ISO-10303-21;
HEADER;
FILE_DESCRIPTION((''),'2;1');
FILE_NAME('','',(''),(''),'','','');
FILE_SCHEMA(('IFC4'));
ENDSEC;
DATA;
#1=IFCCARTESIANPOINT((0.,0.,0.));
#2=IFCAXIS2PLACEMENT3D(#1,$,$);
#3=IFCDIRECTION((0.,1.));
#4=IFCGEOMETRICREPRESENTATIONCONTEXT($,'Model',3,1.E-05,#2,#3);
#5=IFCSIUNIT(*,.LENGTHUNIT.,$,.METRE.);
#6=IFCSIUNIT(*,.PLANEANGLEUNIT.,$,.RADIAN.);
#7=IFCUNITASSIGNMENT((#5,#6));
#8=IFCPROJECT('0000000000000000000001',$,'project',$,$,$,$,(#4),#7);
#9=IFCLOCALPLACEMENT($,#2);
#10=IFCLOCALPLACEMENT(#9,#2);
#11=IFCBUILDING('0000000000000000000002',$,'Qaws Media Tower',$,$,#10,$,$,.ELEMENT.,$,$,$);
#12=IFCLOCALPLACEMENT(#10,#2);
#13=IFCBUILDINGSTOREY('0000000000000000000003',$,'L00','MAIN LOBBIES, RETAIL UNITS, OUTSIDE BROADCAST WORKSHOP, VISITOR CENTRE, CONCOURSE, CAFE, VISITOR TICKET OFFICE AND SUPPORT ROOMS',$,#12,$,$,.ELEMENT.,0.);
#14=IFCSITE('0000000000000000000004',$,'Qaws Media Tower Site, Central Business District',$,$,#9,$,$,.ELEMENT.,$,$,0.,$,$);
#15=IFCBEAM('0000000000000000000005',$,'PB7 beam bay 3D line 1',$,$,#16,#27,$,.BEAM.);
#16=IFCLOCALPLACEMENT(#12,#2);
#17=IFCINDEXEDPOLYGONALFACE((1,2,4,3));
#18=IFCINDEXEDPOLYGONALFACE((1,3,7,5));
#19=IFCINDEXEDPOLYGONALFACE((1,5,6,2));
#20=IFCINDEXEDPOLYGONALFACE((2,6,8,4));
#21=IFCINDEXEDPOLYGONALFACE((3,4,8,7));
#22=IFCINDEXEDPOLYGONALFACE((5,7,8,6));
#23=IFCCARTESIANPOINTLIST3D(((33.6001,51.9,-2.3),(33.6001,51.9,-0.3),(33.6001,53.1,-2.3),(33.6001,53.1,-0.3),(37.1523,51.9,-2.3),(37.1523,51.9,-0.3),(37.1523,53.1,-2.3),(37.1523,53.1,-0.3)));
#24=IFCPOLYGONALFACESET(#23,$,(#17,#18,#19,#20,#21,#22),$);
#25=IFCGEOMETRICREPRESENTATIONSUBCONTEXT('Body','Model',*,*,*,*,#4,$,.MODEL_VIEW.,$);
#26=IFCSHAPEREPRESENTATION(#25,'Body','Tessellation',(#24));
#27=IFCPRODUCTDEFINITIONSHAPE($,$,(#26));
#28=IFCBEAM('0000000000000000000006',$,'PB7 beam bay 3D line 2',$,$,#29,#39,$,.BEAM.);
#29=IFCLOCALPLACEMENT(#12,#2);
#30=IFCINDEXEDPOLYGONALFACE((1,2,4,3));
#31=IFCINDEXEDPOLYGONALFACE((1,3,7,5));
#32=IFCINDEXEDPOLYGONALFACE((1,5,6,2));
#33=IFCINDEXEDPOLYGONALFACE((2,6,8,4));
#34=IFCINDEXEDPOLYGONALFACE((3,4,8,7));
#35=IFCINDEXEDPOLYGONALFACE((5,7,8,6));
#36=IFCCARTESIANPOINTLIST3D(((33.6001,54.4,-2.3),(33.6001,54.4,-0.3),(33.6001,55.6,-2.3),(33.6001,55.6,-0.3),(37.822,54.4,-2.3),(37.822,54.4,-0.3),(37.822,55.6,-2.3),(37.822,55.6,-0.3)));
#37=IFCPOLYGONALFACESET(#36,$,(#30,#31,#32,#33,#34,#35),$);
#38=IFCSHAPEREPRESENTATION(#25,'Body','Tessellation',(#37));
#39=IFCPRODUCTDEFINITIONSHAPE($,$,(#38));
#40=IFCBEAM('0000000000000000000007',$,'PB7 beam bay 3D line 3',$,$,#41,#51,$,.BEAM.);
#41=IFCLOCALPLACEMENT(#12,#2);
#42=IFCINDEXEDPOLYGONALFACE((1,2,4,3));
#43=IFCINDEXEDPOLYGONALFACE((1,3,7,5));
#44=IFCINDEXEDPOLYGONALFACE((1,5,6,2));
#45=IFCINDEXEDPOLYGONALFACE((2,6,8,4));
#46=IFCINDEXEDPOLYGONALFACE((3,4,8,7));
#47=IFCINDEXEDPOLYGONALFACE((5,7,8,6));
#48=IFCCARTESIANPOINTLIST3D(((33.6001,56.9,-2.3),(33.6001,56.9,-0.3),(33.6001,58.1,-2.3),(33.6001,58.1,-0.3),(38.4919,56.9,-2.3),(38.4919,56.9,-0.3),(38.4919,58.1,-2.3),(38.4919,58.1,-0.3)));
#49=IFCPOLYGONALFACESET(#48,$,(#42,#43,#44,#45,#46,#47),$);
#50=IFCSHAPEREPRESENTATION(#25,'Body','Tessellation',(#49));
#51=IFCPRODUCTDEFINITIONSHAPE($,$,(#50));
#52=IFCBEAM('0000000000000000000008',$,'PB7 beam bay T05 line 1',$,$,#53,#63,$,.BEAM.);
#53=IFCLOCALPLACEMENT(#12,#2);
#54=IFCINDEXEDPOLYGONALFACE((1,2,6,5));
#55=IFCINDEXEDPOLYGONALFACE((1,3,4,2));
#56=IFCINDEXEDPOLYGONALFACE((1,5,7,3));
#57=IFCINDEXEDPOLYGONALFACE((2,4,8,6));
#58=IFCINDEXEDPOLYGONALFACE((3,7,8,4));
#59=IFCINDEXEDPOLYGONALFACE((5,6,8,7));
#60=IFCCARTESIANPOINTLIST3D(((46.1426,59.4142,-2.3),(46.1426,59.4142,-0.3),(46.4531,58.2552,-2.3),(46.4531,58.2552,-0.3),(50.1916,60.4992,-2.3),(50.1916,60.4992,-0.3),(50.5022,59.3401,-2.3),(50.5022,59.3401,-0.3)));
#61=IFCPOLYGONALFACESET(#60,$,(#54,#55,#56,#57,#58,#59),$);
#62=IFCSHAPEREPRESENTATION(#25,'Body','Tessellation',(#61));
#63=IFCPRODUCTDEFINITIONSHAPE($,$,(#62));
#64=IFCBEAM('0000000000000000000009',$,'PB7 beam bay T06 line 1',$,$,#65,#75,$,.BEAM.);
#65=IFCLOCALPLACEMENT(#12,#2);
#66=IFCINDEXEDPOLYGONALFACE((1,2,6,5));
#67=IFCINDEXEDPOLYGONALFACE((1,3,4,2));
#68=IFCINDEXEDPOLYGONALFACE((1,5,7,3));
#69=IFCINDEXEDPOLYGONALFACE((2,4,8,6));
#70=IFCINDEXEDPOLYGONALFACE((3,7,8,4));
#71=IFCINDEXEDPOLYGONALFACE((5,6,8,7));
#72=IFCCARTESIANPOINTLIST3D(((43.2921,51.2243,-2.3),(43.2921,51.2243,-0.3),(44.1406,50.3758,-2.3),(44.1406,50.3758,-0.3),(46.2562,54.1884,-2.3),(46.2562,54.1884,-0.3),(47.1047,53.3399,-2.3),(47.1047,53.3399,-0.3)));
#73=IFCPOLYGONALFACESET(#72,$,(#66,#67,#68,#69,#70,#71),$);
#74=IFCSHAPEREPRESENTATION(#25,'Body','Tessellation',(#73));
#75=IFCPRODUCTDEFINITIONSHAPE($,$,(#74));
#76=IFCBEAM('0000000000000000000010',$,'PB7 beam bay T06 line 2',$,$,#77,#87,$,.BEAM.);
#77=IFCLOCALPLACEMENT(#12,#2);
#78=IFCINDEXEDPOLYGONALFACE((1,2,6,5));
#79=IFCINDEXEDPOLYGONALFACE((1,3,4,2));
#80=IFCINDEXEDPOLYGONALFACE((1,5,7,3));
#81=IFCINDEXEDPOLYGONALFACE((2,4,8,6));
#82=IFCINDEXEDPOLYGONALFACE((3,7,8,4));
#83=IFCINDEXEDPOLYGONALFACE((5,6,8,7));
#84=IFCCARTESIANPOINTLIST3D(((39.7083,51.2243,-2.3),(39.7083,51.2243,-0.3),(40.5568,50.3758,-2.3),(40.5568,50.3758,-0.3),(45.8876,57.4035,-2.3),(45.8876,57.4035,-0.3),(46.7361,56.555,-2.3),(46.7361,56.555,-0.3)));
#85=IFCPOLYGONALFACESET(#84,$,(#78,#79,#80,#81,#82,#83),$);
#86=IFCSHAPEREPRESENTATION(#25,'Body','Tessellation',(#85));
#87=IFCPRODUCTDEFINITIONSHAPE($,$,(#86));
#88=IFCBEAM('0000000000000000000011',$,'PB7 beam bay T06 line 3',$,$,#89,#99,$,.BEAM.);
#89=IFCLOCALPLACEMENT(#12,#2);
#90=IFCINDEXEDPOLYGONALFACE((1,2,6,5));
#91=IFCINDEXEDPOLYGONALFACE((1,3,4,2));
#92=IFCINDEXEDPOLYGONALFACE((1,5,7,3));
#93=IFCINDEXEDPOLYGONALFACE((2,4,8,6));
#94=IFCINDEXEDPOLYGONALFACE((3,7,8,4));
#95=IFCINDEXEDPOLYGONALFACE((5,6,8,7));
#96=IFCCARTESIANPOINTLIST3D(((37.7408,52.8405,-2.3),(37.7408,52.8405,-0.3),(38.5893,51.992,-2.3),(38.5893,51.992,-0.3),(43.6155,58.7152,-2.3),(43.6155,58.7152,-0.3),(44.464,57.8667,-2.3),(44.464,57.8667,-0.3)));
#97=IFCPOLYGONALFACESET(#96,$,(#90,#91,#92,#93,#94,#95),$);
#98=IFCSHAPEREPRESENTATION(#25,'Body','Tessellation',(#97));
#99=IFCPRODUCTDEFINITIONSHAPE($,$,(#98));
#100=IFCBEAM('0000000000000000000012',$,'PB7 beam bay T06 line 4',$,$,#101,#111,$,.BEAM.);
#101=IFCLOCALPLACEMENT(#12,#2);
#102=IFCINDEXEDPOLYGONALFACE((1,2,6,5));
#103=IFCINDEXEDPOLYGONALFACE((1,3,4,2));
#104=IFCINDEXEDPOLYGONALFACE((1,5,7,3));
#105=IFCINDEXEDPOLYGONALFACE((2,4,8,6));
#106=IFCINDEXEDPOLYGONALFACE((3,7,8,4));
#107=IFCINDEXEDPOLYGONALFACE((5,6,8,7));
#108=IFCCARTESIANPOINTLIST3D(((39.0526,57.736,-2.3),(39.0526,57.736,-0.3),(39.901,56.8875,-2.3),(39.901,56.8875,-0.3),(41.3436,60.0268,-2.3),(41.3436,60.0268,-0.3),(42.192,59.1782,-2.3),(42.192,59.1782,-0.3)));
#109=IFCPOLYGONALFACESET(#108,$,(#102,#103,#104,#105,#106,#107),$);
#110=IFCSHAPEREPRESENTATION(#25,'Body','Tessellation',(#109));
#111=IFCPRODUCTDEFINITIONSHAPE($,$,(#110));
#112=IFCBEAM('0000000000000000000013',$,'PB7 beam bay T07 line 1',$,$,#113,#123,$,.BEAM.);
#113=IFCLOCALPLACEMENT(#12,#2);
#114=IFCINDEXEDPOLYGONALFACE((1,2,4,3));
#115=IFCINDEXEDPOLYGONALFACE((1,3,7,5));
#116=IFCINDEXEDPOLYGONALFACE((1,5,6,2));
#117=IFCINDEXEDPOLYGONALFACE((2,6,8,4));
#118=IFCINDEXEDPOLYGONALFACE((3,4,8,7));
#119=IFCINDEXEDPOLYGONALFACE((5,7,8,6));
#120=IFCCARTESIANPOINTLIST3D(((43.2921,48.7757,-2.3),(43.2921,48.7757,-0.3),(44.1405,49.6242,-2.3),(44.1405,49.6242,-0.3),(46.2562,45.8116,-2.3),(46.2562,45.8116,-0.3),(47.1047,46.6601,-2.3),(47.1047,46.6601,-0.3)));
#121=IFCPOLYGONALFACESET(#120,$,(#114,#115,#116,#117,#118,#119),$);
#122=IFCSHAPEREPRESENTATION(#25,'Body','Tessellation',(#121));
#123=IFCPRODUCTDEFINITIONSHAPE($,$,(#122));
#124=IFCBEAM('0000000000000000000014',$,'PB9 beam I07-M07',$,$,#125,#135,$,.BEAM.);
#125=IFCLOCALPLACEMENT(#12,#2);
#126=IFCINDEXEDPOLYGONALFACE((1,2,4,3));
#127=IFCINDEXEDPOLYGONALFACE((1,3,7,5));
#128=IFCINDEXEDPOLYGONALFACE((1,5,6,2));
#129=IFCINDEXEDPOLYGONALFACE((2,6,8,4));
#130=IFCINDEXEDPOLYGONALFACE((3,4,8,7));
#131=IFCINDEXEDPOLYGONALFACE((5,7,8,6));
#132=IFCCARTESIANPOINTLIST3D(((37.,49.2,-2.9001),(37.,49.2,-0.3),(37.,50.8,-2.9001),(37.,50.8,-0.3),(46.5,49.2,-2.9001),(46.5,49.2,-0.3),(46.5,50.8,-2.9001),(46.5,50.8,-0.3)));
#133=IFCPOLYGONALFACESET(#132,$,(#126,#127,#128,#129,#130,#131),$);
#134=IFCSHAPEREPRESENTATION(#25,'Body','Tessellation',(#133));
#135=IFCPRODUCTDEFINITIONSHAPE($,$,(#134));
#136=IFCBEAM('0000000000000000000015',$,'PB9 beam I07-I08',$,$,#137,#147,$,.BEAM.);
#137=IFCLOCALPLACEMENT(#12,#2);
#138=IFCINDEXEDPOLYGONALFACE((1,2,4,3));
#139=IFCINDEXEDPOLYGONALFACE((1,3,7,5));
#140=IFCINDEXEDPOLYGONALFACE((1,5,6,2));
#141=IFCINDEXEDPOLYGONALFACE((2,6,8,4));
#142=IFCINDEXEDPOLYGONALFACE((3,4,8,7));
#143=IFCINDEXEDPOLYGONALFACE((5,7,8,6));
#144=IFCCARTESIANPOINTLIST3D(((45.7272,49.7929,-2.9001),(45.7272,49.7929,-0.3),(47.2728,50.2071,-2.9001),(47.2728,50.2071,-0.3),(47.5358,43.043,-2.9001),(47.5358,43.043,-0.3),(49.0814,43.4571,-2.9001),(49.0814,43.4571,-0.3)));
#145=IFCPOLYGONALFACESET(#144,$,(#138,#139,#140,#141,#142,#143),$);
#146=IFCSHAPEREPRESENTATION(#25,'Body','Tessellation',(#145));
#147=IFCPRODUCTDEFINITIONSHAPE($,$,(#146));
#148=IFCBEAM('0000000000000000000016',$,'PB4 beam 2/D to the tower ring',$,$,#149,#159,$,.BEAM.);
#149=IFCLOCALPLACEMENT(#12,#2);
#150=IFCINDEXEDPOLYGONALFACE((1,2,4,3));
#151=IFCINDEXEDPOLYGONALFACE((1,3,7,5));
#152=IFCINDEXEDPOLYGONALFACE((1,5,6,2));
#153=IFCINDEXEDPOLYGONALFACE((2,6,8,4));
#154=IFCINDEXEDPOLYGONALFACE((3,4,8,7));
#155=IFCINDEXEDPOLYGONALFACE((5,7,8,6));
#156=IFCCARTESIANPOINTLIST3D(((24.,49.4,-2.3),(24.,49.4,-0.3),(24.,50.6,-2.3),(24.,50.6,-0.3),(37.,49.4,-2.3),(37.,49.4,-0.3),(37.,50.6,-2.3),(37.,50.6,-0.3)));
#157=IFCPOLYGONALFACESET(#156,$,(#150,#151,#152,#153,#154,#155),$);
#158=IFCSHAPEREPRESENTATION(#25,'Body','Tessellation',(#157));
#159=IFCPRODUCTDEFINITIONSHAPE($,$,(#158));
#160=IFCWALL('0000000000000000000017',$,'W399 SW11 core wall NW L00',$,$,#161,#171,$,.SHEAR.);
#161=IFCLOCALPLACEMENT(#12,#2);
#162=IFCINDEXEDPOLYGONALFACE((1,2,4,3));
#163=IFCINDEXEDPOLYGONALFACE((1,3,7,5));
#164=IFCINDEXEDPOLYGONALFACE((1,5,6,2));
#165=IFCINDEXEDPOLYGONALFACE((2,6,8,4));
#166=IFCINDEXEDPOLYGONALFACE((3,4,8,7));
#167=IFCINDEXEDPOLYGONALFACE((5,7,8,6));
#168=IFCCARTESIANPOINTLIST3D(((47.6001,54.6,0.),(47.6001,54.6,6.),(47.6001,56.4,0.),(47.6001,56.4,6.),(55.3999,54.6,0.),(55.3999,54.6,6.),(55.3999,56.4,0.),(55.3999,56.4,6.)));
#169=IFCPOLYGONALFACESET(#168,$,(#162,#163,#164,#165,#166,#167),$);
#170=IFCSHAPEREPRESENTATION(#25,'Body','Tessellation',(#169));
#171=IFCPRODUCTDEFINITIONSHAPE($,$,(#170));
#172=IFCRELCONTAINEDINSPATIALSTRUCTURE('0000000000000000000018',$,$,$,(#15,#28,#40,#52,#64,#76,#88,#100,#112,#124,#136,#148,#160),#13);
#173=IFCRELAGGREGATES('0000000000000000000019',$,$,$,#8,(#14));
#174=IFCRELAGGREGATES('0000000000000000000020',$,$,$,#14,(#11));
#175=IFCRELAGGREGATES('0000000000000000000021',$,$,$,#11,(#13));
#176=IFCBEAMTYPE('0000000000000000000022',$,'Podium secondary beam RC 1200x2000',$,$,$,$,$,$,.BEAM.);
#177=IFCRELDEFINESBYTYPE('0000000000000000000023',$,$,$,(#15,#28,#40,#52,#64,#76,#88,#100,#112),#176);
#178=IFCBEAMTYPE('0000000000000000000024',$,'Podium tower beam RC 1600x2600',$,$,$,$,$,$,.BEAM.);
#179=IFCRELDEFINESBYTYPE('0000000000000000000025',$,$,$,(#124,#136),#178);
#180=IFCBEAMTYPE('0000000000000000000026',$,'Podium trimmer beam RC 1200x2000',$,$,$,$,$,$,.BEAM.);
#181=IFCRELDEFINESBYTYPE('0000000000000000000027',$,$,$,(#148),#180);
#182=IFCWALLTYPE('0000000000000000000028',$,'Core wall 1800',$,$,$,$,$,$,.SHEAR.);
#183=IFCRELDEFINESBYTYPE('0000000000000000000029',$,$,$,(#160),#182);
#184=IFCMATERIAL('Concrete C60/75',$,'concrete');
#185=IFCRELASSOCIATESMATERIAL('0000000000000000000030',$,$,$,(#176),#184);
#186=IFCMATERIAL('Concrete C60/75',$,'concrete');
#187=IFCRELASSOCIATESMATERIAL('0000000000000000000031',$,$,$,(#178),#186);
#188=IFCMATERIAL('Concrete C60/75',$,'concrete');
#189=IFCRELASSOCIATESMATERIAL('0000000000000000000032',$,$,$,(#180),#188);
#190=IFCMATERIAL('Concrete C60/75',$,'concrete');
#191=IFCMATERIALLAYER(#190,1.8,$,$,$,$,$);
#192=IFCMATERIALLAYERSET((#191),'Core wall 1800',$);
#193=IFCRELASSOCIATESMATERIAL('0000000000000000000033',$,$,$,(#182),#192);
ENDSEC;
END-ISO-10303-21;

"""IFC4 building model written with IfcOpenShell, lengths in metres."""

from ifc_helpers import new_model, si_unit, direction, frame, frame_2d, origin, origin_2d, place, context, subcontext, project, spatial, rectangle, extrude, material, layer, layer_set, material_profile, profile_set, type_object, element, save


model = new_model("IFC4")

# Units and contexts
model_context = context("Model", 3, precision=1e-05, world=origin(), true_north=direction((0.0, 1.0)))
body_context = subcontext(model_context, "Body", "Model", "MODEL_VIEW")
ifc_project = project(units=[si_unit("LENGTHUNIT", "METRE"), si_unit("PLANEANGLEUNIT", "RADIAN")], contexts=[model_context])

# Site, building, storey
site_placement = place(None, origin())
site = spatial("IfcSite", under=ifc_project, at=site_placement, Name="Qaws Media Tower Site, Central Business District", CompositionType="ELEMENT", RefElevation=0.0)
building_placement = place(site_placement, origin())
building = spatial("IfcBuilding", under=site, at=building_placement, Name="Qaws Media Tower", CompositionType="ELEMENT")
storey_placement = place(building_placement, origin())
storey = spatial("IfcBuildingStorey", under=building, at=storey_placement, Name="L00", Description="MAIN LOBBIES, RETAIL UNITS, OUTSIDE BROADCAST WORKSHOP, VISITOR CENTRE, CONCOURSE, CAFE, VISITOR TICKET OFFICE AND SUPPORT ROOMS", CompositionType="ELEMENT", Elevation=0.0)

# Beams
ifc_material_1 = material(Name="Concrete C60/75", Category="concrete")
ifc_material_profile_1 = material_profile(ifc_material_1, rectangle(XDim=1.2, YDim=2.0, at=origin_2d()), Name="RC 1200x2000")
ifc_profile_set_1 = profile_set([ifc_material_profile_1], Name="Concrete C60/75")
beam_type_1 = type_object("IfcBeamType", Name="Podium secondary beam RC 1200x2000", PredefinedType="BEAM", material=ifc_profile_set_1)
for number, where, z_axis, x_axis, name in (
    (1, (33.6001, 52.5, -1.3), (1.0, 0.0, 0.0), (0.0, 1.0, 0.0), "PB7 beam bay 3D line 1"),
):
    element("IfcBeam", number, at=place(storey_placement, frame(where, z_axis=z_axis, x_axis=x_axis)), inside=storey, type_object=beam_type_1, Name=name, PredefinedType="BEAM", context=body_context, shape_type="SweptSolid", body=[
        extrude(rectangle(XDim=1.2, YDim=2.0, at=origin_2d()), origin(), (0.0, 0.0, 1.0), 3.5522),
    ])
beam_1_placement = place(storey_placement, frame((33.6001, 55.0, -1.3), z_axis=(1.0, 0.0, 0.0), x_axis=(0.0, 1.0, 0.0)))
element("IfcBeam", 2, at=beam_1_placement, inside=storey, type_object=beam_type_1, Name="PB7 beam bay 3D line 2", PredefinedType="BEAM", context=body_context, shape_type="SweptSolid", body=[
    extrude(rectangle(XDim=1.2, YDim=2.0, at=origin_2d()), origin(), (0.0, 0.0, 1.0), 4.2219),
])
beam_2_placement = place(storey_placement, frame((33.6001, 57.5, -1.3), z_axis=(1.0, 0.0, 0.0), x_axis=(0.0, 1.0, 0.0)))
element("IfcBeam", 3, at=beam_2_placement, inside=storey, type_object=beam_type_1, Name="PB7 beam bay 3D line 3", PredefinedType="BEAM", context=body_context, shape_type="SweptSolid", body=[
    extrude(rectangle(XDim=1.2, YDim=2.0, at=origin_2d()), origin(), (0.0, 0.0, 1.0), 4.8918),
])
for number, where, z_axis, x_axis, name in (
    (4, (46.2979, 58.8347, -1.3), (0.965925, 0.258822, 0.0), (-0.258822, 0.965925, 0.0), "PB7 beam bay T05 line 1"),
    (5, (43.7163, 50.8, -1.3), (0.707107, 0.707107, 0.0), (-0.707107, 0.707107, 0.0), "PB7 beam bay T06 line 1"),
):
    element("IfcBeam", number, at=place(storey_placement, frame(where, z_axis=z_axis, x_axis=x_axis)), inside=storey, type_object=beam_type_1, Name=name, PredefinedType="BEAM", context=body_context, shape_type="SweptSolid", body=[
        extrude(rectangle(XDim=1.2, YDim=2.0, at=origin_2d()), origin(), (0.0, 0.0, 1.0), 4.1919),
    ])
beam_3_placement = place(storey_placement, frame((40.1326, 50.8, -1.3), z_axis=(0.707107, 0.707107, 0.0), x_axis=(-0.707107, 0.707107, 0.0)))
element("IfcBeam", 6, at=beam_3_placement, inside=storey, type_object=beam_type_1, Name="PB7 beam bay T06 line 2", PredefinedType="BEAM", context=body_context, shape_type="SweptSolid", body=[
    extrude(rectangle(XDim=1.2, YDim=2.0, at=origin_2d()), origin(), (0.0, 0.0, 1.0), 8.7388),
])
beam_4_placement = place(storey_placement, frame((38.165, 52.4163, -1.3), z_axis=(0.707107, 0.707107, 0.0), x_axis=(-0.707107, 0.707107, 0.0)))
element("IfcBeam", 7, at=beam_4_placement, inside=storey, type_object=beam_type_1, Name="PB7 beam bay T06 line 3", PredefinedType="BEAM", context=body_context, shape_type="SweptSolid", body=[
    extrude(rectangle(XDim=1.2, YDim=2.0, at=origin_2d()), origin(), (0.0, 0.0, 1.0), 8.3081),
])
beam_5_placement = place(storey_placement, frame((39.4768, 57.3118, -1.3), z_axis=(0.707144, 0.707069, 0.0), x_axis=(-0.707069, 0.707144, 0.0)))
element("IfcBeam", 8, at=beam_5_placement, inside=storey, type_object=beam_type_1, Name="PB7 beam bay T06 line 4", PredefinedType="BEAM", context=body_context, shape_type="SweptSolid", body=[
    extrude(rectangle(XDim=1.2, YDim=2.0, at=origin_2d()), origin(), (0.0, 0.0, 1.0), 3.2397),
])
beam_6_placement = place(storey_placement, frame((46.6804, 46.2358, -1.3), z_axis=(-0.707107, 0.707107, 0.0), x_axis=(-0.707107, -0.707107, 0.0)))
element("IfcBeam", 9, at=beam_6_placement, inside=storey, type_object=beam_type_1, Name="PB7 beam bay T07 line 1", PredefinedType="BEAM", context=body_context, shape_type="SweptSolid", body=[
    extrude(rectangle(XDim=1.2, YDim=2.0, at=origin_2d()), origin(), (0.0, 0.0, 1.0), 4.1919),
])
ifc_material_2 = material(Name="Concrete C60/75", Category="concrete")
ifc_material_profile_2 = material_profile(ifc_material_2, rectangle(XDim=1.6001, YDim=2.6001, at=origin_2d()), Name="RC 1600x2600")
ifc_profile_set_2 = profile_set([ifc_material_profile_2], Name="Concrete C60/75")
beam_type_2 = type_object("IfcBeamType", Name="Podium tower beam RC 1600x2600", PredefinedType="BEAM", material=ifc_profile_set_2)
beam_7_placement = place(storey_placement, frame((46.5, 50.0, -1.6001), z_axis=(-1.0, 0.0, 0.0), x_axis=(0.0, -1.0, 0.0)))
element("IfcBeam", 10, at=beam_7_placement, inside=storey, type_object=beam_type_2, Name="PB9 beam I07-M07", PredefinedType="BEAM", context=body_context, shape_type="SweptSolid", body=[
    extrude(rectangle(XDim=1.6001, YDim=2.6001, at=origin_2d()), origin(), (0.0, 0.0, 1.0), 9.5),
])
beam_8_placement = place(storey_placement, frame((46.5, 50.0, -1.6001), z_axis=(0.258811, -0.965928, 0.0), x_axis=(0.965928, 0.258811, 0.0)))
element("IfcBeam", 11, at=beam_8_placement, inside=storey, type_object=beam_type_2, Name="PB9 beam I07-I08", PredefinedType="BEAM", context=body_context, shape_type="SweptSolid", body=[
    extrude(rectangle(XDim=1.6001, YDim=2.6001, at=origin_2d()), origin(), (0.0, 0.0, 1.0), 6.988),
])
ifc_material_3 = material(Name="Concrete C60/75", Category="concrete")
ifc_material_profile_3 = material_profile(ifc_material_3, rectangle(XDim=1.2, YDim=2.0, at=origin_2d()), Name="RC 1200x2000")
ifc_profile_set_3 = profile_set([ifc_material_profile_3], Name="Concrete C60/75")
beam_type_3 = type_object("IfcBeamType", Name="Podium trimmer beam RC 1200x2000", PredefinedType="BEAM", material=ifc_profile_set_3)
beam_9_placement = place(storey_placement, frame((24.0, 50.0, -1.3), z_axis=(1.0, 0.0, 0.0), x_axis=(0.0, 1.0, 0.0)))
element("IfcBeam", 12, at=beam_9_placement, inside=storey, type_object=beam_type_3, Name="PB4 beam 2/D to the tower ring", PredefinedType="BEAM", context=body_context, shape_type="SweptSolid", body=[
    extrude(rectangle(XDim=1.2, YDim=2.0, at=origin_2d()), origin(), (0.0, 0.0, 1.0), 13.0),
])

# Wall
ifc_material_4 = material(Name="Concrete C60/75", Category="concrete")
ifc_layer_1 = layer(ifc_material_4, 1.8)
ifc_layer_set_1 = layer_set([ifc_layer_1], Name="Core wall 1800")
wall_type_1 = type_object("IfcWallType", Name="Core wall 1800", PredefinedType="SHEAR", material=ifc_layer_set_1)
wall_1_placement = place(storey_placement, frame((47.6001, 55.5, 0.0), z_axis=(0.0, 0.0, 1.0), x_axis=(1.0, 0.0, 0.0)))
element("IfcWall", 13, at=wall_1_placement, inside=storey, type_object=wall_type_1, Name="W399 SW11 core wall NW L00", PredefinedType="SHEAR", context=body_context, shape_type="SweptSolid", body=[
    extrude(rectangle(XDim=7.7998, YDim=1.8, at=frame_2d((3.8999, 0.0))), origin(), (0.0, 0.0, 1.0), 6.0),
])

save(model, "model.ifc")
